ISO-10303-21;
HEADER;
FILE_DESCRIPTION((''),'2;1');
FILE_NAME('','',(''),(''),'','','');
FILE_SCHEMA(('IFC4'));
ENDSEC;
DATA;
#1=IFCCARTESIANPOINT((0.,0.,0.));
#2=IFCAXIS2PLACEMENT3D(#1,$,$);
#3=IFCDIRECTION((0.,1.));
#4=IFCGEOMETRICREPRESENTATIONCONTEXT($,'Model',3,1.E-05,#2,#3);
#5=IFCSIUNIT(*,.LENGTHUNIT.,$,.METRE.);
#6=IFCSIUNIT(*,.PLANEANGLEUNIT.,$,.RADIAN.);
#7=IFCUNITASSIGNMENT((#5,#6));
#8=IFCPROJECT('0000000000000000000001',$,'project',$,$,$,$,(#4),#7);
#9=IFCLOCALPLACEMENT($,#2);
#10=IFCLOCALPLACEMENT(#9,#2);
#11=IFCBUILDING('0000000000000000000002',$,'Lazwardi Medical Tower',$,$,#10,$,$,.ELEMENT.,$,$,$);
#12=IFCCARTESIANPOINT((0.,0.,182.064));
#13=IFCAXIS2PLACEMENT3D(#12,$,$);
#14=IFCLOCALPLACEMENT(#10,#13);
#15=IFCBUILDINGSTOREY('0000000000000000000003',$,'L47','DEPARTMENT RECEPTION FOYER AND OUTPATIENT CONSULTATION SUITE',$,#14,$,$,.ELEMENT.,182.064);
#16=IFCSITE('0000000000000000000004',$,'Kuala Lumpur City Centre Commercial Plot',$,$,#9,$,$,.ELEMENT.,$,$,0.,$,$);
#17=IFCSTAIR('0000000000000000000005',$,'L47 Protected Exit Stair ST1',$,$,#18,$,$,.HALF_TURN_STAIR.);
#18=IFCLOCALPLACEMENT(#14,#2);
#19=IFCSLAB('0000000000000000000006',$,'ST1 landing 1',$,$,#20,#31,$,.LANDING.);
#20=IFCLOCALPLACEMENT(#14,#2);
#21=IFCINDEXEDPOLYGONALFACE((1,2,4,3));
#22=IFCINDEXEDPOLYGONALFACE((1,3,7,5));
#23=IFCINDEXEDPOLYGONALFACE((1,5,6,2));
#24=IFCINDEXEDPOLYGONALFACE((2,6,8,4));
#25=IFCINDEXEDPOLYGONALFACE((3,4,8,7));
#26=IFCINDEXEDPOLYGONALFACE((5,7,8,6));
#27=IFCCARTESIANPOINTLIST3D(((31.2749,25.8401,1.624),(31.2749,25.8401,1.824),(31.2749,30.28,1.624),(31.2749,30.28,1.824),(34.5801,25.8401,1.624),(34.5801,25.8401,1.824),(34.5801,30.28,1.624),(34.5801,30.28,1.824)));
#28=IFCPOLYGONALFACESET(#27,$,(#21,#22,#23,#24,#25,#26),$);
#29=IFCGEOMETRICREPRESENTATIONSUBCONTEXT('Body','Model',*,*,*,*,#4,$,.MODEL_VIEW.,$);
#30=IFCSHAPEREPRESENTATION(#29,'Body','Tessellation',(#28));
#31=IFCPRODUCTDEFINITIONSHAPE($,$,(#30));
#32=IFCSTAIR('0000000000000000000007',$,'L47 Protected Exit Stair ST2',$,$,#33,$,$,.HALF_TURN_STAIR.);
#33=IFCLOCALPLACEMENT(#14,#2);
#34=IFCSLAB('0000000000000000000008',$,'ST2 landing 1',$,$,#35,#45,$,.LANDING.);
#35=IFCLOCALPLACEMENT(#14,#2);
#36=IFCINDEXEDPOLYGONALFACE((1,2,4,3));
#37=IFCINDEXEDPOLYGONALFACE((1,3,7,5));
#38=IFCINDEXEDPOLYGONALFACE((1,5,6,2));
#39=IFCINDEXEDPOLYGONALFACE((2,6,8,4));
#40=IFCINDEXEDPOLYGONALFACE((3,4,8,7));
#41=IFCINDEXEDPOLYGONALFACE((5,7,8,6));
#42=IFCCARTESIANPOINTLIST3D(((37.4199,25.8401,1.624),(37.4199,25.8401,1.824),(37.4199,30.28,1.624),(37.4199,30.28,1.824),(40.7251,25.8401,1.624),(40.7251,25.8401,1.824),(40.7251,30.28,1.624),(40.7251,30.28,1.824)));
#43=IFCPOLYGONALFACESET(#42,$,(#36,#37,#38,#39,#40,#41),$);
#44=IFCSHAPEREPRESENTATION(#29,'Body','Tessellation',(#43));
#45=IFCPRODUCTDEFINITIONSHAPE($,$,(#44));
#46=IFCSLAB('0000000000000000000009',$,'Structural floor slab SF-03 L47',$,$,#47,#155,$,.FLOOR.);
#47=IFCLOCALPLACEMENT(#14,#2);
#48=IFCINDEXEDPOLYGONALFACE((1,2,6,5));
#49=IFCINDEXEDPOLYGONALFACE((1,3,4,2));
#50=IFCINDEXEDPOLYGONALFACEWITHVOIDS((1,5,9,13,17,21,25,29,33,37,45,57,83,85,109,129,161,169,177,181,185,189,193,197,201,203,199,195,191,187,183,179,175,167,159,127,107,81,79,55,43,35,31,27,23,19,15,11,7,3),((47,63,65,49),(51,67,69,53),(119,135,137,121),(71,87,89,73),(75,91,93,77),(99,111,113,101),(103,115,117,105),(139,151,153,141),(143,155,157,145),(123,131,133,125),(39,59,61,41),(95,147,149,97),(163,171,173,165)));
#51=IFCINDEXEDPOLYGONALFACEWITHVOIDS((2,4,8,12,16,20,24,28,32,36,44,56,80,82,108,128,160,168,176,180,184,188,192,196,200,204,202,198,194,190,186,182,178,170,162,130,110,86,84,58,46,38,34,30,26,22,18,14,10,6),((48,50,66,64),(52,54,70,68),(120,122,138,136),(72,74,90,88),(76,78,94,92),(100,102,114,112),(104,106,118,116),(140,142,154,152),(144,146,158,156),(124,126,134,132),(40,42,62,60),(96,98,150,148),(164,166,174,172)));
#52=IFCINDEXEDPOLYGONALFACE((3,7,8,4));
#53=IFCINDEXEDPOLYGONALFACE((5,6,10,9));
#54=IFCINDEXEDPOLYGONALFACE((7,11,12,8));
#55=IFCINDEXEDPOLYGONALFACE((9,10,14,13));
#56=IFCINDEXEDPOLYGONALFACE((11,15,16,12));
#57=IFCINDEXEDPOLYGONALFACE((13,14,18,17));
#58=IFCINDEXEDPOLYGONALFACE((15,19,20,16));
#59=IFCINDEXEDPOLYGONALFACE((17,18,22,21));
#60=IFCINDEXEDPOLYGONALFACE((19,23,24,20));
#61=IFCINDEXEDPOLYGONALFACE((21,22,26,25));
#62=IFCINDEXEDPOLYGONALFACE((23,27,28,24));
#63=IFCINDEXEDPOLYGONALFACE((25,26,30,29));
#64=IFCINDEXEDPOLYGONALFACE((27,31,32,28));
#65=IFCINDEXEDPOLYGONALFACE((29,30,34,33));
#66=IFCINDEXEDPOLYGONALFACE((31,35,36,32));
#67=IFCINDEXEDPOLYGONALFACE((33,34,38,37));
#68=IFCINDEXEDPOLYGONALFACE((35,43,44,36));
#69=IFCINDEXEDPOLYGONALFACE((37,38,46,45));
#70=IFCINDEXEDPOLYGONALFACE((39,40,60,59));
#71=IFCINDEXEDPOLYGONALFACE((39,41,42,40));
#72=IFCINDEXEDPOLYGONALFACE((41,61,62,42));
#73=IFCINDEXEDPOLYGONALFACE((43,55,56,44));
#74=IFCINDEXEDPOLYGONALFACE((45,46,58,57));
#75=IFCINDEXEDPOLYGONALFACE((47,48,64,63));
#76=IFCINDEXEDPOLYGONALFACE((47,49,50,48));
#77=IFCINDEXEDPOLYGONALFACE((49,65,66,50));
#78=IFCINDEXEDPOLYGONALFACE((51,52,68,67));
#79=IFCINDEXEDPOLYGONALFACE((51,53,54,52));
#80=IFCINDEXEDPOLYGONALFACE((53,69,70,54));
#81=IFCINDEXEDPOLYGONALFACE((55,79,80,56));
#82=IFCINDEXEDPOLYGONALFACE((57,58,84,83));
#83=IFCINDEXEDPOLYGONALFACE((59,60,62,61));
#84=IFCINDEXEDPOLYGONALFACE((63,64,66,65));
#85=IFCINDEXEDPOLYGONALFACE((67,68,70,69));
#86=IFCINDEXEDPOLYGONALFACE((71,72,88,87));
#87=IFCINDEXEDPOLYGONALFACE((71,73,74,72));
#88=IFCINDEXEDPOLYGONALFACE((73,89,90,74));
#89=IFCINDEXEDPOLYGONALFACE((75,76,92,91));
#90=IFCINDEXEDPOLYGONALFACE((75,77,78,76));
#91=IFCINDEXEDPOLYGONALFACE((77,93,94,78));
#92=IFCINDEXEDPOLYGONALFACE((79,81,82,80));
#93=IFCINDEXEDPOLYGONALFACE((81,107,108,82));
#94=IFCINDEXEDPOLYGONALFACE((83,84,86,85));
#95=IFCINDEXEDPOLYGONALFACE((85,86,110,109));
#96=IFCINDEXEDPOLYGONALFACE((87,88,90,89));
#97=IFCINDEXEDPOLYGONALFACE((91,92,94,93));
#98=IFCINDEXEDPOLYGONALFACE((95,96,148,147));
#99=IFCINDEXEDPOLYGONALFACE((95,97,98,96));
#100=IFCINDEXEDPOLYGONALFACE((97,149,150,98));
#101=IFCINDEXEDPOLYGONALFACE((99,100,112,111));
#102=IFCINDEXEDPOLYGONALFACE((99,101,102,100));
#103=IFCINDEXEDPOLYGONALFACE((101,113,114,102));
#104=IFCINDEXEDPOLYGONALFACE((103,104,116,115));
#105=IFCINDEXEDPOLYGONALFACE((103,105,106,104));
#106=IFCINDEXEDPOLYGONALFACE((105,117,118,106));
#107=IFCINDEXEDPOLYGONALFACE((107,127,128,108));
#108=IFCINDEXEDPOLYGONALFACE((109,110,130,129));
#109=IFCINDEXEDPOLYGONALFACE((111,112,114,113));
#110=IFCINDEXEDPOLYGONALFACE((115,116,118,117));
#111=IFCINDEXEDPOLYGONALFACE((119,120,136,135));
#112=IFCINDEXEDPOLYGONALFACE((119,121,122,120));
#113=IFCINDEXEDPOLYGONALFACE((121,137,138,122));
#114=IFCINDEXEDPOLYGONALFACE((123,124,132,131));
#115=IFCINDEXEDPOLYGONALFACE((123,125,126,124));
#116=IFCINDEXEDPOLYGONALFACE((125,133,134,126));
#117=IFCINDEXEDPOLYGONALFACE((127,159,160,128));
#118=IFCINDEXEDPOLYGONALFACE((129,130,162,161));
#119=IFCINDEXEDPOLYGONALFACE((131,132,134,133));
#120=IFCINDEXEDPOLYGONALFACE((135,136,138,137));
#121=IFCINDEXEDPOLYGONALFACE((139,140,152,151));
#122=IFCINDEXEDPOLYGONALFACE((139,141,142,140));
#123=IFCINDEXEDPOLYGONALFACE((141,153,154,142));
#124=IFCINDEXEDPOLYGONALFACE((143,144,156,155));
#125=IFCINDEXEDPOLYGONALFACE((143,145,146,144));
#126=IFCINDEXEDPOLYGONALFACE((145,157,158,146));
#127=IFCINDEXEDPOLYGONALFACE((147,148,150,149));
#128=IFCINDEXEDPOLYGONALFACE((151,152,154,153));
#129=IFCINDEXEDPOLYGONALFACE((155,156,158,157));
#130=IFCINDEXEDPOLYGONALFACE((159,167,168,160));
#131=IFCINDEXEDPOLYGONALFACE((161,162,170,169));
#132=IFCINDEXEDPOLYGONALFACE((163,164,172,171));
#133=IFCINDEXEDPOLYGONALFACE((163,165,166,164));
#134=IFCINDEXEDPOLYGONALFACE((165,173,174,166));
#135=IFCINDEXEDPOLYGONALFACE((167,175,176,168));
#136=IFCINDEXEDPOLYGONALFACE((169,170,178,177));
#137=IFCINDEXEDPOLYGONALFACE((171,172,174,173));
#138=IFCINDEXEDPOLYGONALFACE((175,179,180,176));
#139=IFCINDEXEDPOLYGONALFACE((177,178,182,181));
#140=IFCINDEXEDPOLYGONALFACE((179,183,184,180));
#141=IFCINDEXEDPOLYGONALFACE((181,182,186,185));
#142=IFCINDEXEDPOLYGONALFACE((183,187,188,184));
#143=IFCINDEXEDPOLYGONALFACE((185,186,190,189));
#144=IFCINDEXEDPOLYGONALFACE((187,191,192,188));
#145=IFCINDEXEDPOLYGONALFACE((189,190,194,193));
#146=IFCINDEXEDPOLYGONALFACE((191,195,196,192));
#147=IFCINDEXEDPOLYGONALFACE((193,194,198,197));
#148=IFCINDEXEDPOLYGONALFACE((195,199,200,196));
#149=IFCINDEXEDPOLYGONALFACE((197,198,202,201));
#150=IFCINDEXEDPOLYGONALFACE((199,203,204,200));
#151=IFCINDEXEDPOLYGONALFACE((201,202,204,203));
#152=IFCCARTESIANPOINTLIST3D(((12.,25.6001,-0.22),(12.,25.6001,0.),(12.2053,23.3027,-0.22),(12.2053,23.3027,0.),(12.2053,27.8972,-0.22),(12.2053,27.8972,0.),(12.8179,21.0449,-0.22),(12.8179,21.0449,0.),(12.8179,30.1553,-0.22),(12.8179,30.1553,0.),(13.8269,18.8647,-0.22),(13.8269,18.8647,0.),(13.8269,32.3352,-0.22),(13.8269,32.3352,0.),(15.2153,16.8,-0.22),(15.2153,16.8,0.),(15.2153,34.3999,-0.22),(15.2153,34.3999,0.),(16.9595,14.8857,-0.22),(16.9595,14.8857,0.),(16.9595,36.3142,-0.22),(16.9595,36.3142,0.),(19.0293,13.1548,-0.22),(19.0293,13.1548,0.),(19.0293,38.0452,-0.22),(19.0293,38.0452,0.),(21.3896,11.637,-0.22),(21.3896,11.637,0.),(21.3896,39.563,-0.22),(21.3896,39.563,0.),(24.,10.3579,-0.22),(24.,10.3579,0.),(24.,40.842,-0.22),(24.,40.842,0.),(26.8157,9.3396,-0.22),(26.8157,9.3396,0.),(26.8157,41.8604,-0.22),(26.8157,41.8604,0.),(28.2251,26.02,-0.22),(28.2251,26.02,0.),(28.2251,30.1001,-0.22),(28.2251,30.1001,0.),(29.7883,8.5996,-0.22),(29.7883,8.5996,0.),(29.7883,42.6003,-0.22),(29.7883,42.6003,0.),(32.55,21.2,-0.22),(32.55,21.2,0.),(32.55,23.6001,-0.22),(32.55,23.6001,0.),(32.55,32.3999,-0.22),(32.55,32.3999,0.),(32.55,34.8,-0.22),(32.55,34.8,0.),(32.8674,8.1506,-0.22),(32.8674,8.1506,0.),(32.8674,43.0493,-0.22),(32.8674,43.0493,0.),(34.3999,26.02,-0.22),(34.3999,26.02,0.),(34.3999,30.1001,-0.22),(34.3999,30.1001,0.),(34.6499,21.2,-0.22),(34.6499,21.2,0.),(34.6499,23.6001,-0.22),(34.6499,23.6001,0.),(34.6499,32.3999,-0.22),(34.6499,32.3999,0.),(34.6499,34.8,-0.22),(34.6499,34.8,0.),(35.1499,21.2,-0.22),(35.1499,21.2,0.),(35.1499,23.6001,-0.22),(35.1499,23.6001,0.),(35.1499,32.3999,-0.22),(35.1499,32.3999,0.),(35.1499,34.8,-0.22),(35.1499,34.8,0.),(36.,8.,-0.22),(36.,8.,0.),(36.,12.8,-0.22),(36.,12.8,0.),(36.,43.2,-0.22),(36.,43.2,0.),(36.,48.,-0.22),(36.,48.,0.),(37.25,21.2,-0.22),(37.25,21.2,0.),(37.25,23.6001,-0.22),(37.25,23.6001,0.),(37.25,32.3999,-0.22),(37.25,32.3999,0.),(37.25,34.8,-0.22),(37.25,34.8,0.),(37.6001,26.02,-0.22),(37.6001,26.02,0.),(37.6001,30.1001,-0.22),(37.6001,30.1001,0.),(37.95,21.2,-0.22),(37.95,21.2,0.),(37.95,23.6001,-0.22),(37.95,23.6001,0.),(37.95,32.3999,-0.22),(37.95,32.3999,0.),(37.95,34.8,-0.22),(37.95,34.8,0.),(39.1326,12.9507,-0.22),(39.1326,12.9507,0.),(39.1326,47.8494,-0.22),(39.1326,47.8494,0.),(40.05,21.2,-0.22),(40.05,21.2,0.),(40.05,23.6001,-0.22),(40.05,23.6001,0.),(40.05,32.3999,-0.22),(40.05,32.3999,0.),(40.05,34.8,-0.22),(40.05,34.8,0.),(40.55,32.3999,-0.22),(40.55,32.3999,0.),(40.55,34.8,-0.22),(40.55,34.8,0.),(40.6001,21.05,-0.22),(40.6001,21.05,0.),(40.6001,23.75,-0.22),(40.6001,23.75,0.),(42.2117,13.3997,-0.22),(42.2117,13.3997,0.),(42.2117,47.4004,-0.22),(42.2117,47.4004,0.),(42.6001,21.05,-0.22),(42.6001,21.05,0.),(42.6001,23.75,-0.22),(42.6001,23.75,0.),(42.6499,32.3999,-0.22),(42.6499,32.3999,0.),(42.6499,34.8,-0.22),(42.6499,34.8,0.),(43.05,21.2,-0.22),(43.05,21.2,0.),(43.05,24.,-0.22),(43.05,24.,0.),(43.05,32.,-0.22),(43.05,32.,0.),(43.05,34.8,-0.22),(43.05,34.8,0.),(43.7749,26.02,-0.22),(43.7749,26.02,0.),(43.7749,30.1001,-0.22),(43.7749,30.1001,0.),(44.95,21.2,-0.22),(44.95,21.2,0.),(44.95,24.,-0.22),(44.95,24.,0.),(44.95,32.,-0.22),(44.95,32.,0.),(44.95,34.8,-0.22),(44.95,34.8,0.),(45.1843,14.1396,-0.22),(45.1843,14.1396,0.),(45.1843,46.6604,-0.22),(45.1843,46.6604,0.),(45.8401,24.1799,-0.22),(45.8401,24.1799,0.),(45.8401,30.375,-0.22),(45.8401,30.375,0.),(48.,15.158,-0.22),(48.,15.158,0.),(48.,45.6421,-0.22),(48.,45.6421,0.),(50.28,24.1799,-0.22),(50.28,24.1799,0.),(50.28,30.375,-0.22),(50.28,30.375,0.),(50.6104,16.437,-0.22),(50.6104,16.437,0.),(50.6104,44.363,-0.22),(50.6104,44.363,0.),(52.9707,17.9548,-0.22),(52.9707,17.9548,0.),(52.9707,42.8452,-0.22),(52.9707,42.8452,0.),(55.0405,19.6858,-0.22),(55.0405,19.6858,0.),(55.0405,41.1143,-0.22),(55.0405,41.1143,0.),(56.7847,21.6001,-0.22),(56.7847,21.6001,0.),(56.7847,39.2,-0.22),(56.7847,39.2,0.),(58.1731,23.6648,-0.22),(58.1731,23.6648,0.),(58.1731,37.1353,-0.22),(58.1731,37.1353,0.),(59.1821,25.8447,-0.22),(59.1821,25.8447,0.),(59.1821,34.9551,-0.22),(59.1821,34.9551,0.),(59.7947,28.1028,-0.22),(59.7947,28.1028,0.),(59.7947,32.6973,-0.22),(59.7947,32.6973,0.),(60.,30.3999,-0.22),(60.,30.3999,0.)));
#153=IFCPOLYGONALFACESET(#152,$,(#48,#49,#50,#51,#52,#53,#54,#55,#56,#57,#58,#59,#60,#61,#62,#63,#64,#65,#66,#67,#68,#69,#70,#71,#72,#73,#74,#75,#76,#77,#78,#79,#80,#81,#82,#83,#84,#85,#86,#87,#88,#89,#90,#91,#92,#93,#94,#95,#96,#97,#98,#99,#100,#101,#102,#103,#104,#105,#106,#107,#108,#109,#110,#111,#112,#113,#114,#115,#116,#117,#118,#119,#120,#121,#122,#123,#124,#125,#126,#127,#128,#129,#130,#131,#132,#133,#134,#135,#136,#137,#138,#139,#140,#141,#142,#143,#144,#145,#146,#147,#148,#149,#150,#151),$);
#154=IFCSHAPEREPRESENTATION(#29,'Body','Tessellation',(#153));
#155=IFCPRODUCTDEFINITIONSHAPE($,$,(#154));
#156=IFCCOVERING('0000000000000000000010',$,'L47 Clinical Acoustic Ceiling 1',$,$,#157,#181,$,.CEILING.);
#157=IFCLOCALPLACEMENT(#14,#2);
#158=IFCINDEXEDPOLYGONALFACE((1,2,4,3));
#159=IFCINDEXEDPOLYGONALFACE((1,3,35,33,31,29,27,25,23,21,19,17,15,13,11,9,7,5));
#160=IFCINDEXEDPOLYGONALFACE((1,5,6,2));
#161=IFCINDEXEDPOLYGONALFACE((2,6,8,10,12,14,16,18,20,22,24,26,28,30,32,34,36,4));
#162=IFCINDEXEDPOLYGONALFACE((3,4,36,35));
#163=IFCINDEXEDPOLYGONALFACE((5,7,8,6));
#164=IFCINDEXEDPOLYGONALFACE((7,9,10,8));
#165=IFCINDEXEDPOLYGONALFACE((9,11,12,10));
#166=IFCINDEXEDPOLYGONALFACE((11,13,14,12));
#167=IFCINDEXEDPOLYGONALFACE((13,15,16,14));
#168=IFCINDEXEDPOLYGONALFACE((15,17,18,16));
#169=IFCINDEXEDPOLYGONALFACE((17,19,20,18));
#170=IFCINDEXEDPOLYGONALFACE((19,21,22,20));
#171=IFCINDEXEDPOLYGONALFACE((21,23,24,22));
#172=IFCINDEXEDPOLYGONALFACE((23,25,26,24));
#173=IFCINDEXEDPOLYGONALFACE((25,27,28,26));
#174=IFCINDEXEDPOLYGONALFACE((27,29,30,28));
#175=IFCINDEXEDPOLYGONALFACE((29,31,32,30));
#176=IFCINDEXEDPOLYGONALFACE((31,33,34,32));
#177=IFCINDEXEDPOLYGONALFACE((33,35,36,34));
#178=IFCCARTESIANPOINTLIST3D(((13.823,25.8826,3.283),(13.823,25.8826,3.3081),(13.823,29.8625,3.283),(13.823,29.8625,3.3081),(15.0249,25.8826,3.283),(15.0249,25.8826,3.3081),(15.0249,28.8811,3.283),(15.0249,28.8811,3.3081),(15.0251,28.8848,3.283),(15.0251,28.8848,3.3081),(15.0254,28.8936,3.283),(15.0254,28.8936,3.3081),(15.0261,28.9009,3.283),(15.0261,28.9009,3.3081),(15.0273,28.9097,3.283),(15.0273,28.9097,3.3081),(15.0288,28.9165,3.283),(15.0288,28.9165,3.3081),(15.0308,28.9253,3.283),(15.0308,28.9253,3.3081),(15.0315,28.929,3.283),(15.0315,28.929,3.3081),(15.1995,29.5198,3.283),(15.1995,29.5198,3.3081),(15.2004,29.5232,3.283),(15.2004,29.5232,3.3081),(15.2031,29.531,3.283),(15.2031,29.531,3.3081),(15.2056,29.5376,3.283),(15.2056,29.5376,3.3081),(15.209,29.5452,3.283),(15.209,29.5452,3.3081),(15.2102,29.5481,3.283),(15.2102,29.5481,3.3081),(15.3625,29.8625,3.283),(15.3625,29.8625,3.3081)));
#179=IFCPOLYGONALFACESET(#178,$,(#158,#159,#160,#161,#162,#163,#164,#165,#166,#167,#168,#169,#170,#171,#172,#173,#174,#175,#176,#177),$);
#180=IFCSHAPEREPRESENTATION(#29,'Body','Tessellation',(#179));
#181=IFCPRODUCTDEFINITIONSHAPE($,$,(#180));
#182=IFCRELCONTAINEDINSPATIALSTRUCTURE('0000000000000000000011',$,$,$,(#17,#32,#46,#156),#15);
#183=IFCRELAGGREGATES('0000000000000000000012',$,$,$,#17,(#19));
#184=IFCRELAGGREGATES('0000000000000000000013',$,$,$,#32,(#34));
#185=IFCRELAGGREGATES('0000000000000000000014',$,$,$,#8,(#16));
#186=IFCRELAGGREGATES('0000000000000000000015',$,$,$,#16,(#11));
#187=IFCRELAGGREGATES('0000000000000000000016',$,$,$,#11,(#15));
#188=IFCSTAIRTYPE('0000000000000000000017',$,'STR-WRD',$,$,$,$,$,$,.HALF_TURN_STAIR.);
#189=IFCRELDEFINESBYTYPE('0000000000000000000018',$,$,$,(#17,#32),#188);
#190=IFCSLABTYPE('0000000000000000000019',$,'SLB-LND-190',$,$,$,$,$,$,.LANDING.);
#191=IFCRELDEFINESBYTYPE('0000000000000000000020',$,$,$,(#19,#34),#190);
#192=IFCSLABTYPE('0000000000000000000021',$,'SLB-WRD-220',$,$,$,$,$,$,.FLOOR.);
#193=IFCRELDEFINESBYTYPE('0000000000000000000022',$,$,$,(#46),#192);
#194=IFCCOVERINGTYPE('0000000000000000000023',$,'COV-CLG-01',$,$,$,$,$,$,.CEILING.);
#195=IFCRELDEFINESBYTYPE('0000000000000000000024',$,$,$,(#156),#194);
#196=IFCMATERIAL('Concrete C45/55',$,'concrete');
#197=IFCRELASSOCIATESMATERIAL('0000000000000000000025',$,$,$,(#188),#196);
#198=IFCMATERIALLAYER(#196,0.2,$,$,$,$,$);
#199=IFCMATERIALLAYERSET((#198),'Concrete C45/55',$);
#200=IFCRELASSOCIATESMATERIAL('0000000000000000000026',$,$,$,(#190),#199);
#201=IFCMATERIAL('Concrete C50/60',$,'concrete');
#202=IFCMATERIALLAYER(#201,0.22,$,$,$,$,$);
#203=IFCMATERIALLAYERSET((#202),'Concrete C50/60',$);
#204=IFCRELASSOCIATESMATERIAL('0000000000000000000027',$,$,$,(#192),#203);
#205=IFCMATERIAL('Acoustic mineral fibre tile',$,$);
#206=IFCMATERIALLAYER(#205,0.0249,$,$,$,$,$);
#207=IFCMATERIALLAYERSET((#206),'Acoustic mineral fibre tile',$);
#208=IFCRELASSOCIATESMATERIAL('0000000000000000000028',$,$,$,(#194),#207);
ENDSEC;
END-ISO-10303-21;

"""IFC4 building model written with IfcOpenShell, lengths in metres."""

from ifc_helpers import new_model, si_unit, direction, frame, origin, place, context, subcontext, project, spatial, polyline, outline, extrude, material, layer, layer_set, type_object, element, aggregate, save


model = new_model("IFC4")

# Units and contexts
model_context = context("Model", 3, precision=1e-05, world=origin(), true_north=direction((0.0, 1.0)))
body_context = subcontext(model_context, "Body", "Model", "MODEL_VIEW")
ifc_project = project(units=[si_unit("LENGTHUNIT", "METRE"), si_unit("PLANEANGLEUNIT", "RADIAN")], contexts=[model_context])

# Site, building, storey
site_placement = place(None, origin())
site = spatial("IfcSite", under=ifc_project, at=site_placement, Name="Kuala Lumpur City Centre Commercial Plot", CompositionType="ELEMENT", RefElevation=0.0)
building_placement = place(site_placement, origin())
building = spatial("IfcBuilding", under=site, at=building_placement, Name="Lazwardi Medical Tower", CompositionType="ELEMENT")
storey_placement = place(building_placement, frame((0.0, 0.0, 182.064)))
storey = spatial("IfcBuildingStorey", under=building, at=storey_placement, Name="L47", Description="DEPARTMENT RECEPTION FOYER AND OUTPATIENT CONSULTATION SUITE", CompositionType="ELEMENT", Elevation=182.064)

# Stairs, slabs
ifc_material_1 = material(Name="Concrete C45/55", Category="concrete")
stair_type = type_object("IfcStairType", Name="STR-WRD", PredefinedType="HALF_TURN_STAIR", material=ifc_material_1)
stair_1_placement = place(storey_placement, origin())
stair_1 = element("IfcStair", 1, at=stair_1_placement, inside=storey, type_object=stair_type, Name="L47 Protected Exit Stair ST1", PredefinedType="HALF_TURN_STAIR")
ifc_layer_1 = layer(ifc_material_1, 0.2)
ifc_layer_set_1 = layer_set([ifc_layer_1], Name="Concrete C45/55")
slab_type_1 = type_object("IfcSlabType", Name="SLB-LND-190", PredefinedType="LANDING", material=ifc_layer_set_1)
slab_1_placement = place(storey_placement, frame((0.0, 0.0, 1.624)))
slab_1 = element("IfcSlab", 2, at=slab_1_placement, type_object=slab_type_1, Name="ST1 landing 1", PredefinedType="LANDING", context=body_context, shape_type="SweptSolid", body=[
    extrude(outline(polyline([(31.2749, 25.8401), (34.5801, 25.8401), (34.5801, 30.28), (31.2749, 30.28), (31.2749, 25.8401)])), origin(), (0.0, 0.0, 1.0), 0.2),
])
aggregate(stair_1, [slab_1])
stair_2_placement = place(storey_placement, origin())
stair_2 = element("IfcStair", 3, at=stair_2_placement, inside=storey, type_object=stair_type, Name="L47 Protected Exit Stair ST2", PredefinedType="HALF_TURN_STAIR")
slab_2_placement = place(storey_placement, frame((0.0, 0.0, 1.624)))
slab_2 = element("IfcSlab", 4, at=slab_2_placement, type_object=slab_type_1, Name="ST2 landing 1", PredefinedType="LANDING", context=body_context, shape_type="SweptSolid", body=[
    extrude(outline(polyline([(40.7251, 30.28), (37.4199, 30.28), (37.4199, 25.8401), (40.7251, 25.8401), (40.7251, 30.28)])), origin(), (0.0, 0.0, 1.0), 0.2),
])
aggregate(stair_2, [slab_2])

# Slab
ifc_material_2 = material(Name="Concrete C50/60", Category="concrete")
ifc_layer_2 = layer(ifc_material_2, 0.22)
ifc_layer_set_2 = layer_set([ifc_layer_2], Name="Concrete C50/60")
slab_type_2 = type_object("IfcSlabType", Name="SLB-WRD-220", PredefinedType="FLOOR", material=ifc_layer_set_2)
slab_3_placement = place(storey_placement, frame((0.0, 0.0, -0.22)))
element("IfcSlab", 5, at=slab_3_placement, inside=storey, type_object=slab_type_2, Name="Structural floor slab SF-03 L47", PredefinedType="FLOOR", context=body_context, shape_type="SweptSolid", body=[
    extrude(outline(polyline([(12.2053, 23.3027), (12.8179, 21.0449), (13.8269, 18.8647), (15.2153, 16.8), (16.9595, 14.8857), (19.0293, 13.1548), (21.3896, 11.637), (24.0, 10.3579), (26.8157, 9.3396), (29.7883, 8.5996), (32.8674, 8.1506), (36.0, 8.0), (36.0, 12.8), (39.1326, 12.9507), (42.2117, 13.3997), (45.1843, 14.1396), (48.0, 15.158), (50.6104, 16.437), (52.9707, 17.9548), (55.0405, 19.6858), (56.7847, 21.6001), (58.1731, 23.6648), (59.1821, 25.8447), (59.7947, 28.1028), (60.0, 30.3999), (59.7947, 32.6973), (59.1821, 34.9551), (58.1731, 37.1353), (56.7847, 39.2), (55.0405, 41.1143), (52.9707, 42.8452), (50.6104, 44.363), (48.0, 45.6421), (45.1843, 46.6604), (42.2117, 47.4004), (39.1326, 47.8494), (36.0, 48.0), (36.0, 43.2), (32.8674, 43.0493), (29.7883, 42.6003), (26.8157, 41.8604), (24.0, 40.842), (21.3896, 39.563), (19.0293, 38.0452), (16.9595, 36.3142), (15.2153, 34.3999), (13.8269, 32.3352), (12.8179, 30.1553), (12.2053, 27.8972), (12.0, 25.6001), (12.2053, 23.3027)]), holes=[polyline([(28.2251, 26.02), (28.2251, 30.1001), (34.3999, 30.1001), (34.3999, 26.02), (28.2251, 26.02)]), polyline([(37.6001, 30.1001), (43.7749, 30.1001), (43.7749, 26.02), (37.6001, 26.02), (37.6001, 30.1001)]), polyline([(50.28, 30.375), (50.28, 24.1799), (45.8401, 24.1799), (45.8401, 30.375), (50.28, 30.375)]), polyline([(34.6499, 32.3999), (32.55, 32.3999), (32.55, 34.8), (34.6499, 34.8), (34.6499, 32.3999)]), polyline([(35.1499, 32.3999), (35.1499, 34.8), (37.25, 34.8), (37.25, 32.3999), (35.1499, 32.3999)]), polyline([(32.55, 23.6001), (34.6499, 23.6001), (34.6499, 21.2), (32.55, 21.2), (32.55, 23.6001)]), polyline([(37.25, 23.6001), (37.25, 21.2), (35.1499, 21.2), (35.1499, 23.6001), (37.25, 23.6001)]), polyline([(40.05, 32.3999), (37.95, 32.3999), (37.95, 34.8), (40.05, 34.8), (40.05, 32.3999)]), polyline([(40.55, 32.3999), (40.55, 34.8), (42.6499, 34.8), (42.6499, 32.3999), (40.55, 32.3999)]), polyline([(37.95, 23.6001), (40.05, 23.6001), (40.05, 21.2), (37.95, 21.2), (37.95, 23.6001)]), polyline([(44.95, 34.8), (44.95, 32.0), (43.05, 32.0), (43.05, 34.8), (44.95, 34.8)]), polyline([(44.95, 21.2), (43.05, 21.2), (43.05, 24.0), (44.95, 24.0), (44.95, 21.2)]), polyline([(40.6001, 21.05), (40.6001, 23.75), (42.6001, 23.75), (42.6001, 21.05), (40.6001, 21.05)])]), origin(), (0.0, 0.0, 1.0), 0.22),
])

# Covering
ifc_material_3 = material(Name="Acoustic mineral fibre tile")
ifc_layer_3 = layer(ifc_material_3, 0.0249)
ifc_layer_set_3 = layer_set([ifc_layer_3], Name="Acoustic mineral fibre tile")
covering_type_1 = type_object("IfcCoveringType", Name="COV-CLG-01", PredefinedType="CEILING", material=ifc_layer_set_3)
covering_1_placement = place(storey_placement, frame((0.0, 0.0, 3.283)))
element("IfcCovering", 6, at=covering_1_placement, inside=storey, type_object=covering_type_1, Name="L47 Clinical Acoustic Ceiling 1", PredefinedType="CEILING", context=body_context, shape_type="SweptSolid", body=[
    extrude(outline(polyline([(15.0249, 25.8826), (15.0249, 28.8811), (15.0251, 28.8848), (15.0254, 28.8936), (15.0261, 28.9009), (15.0273, 28.9097), (15.0288, 28.9165), (15.0308, 28.9253), (15.0315, 28.929), (15.1995, 29.5198), (15.2004, 29.5232), (15.2031, 29.531), (15.2056, 29.5376), (15.209, 29.5452), (15.2102, 29.5481), (15.3625, 29.8625), (13.823, 29.8625), (13.823, 25.8826), (15.0249, 25.8826)])), origin(), (0.0, 0.0, 1.0), 0.0251),
])

save(model, "model.ifc")
